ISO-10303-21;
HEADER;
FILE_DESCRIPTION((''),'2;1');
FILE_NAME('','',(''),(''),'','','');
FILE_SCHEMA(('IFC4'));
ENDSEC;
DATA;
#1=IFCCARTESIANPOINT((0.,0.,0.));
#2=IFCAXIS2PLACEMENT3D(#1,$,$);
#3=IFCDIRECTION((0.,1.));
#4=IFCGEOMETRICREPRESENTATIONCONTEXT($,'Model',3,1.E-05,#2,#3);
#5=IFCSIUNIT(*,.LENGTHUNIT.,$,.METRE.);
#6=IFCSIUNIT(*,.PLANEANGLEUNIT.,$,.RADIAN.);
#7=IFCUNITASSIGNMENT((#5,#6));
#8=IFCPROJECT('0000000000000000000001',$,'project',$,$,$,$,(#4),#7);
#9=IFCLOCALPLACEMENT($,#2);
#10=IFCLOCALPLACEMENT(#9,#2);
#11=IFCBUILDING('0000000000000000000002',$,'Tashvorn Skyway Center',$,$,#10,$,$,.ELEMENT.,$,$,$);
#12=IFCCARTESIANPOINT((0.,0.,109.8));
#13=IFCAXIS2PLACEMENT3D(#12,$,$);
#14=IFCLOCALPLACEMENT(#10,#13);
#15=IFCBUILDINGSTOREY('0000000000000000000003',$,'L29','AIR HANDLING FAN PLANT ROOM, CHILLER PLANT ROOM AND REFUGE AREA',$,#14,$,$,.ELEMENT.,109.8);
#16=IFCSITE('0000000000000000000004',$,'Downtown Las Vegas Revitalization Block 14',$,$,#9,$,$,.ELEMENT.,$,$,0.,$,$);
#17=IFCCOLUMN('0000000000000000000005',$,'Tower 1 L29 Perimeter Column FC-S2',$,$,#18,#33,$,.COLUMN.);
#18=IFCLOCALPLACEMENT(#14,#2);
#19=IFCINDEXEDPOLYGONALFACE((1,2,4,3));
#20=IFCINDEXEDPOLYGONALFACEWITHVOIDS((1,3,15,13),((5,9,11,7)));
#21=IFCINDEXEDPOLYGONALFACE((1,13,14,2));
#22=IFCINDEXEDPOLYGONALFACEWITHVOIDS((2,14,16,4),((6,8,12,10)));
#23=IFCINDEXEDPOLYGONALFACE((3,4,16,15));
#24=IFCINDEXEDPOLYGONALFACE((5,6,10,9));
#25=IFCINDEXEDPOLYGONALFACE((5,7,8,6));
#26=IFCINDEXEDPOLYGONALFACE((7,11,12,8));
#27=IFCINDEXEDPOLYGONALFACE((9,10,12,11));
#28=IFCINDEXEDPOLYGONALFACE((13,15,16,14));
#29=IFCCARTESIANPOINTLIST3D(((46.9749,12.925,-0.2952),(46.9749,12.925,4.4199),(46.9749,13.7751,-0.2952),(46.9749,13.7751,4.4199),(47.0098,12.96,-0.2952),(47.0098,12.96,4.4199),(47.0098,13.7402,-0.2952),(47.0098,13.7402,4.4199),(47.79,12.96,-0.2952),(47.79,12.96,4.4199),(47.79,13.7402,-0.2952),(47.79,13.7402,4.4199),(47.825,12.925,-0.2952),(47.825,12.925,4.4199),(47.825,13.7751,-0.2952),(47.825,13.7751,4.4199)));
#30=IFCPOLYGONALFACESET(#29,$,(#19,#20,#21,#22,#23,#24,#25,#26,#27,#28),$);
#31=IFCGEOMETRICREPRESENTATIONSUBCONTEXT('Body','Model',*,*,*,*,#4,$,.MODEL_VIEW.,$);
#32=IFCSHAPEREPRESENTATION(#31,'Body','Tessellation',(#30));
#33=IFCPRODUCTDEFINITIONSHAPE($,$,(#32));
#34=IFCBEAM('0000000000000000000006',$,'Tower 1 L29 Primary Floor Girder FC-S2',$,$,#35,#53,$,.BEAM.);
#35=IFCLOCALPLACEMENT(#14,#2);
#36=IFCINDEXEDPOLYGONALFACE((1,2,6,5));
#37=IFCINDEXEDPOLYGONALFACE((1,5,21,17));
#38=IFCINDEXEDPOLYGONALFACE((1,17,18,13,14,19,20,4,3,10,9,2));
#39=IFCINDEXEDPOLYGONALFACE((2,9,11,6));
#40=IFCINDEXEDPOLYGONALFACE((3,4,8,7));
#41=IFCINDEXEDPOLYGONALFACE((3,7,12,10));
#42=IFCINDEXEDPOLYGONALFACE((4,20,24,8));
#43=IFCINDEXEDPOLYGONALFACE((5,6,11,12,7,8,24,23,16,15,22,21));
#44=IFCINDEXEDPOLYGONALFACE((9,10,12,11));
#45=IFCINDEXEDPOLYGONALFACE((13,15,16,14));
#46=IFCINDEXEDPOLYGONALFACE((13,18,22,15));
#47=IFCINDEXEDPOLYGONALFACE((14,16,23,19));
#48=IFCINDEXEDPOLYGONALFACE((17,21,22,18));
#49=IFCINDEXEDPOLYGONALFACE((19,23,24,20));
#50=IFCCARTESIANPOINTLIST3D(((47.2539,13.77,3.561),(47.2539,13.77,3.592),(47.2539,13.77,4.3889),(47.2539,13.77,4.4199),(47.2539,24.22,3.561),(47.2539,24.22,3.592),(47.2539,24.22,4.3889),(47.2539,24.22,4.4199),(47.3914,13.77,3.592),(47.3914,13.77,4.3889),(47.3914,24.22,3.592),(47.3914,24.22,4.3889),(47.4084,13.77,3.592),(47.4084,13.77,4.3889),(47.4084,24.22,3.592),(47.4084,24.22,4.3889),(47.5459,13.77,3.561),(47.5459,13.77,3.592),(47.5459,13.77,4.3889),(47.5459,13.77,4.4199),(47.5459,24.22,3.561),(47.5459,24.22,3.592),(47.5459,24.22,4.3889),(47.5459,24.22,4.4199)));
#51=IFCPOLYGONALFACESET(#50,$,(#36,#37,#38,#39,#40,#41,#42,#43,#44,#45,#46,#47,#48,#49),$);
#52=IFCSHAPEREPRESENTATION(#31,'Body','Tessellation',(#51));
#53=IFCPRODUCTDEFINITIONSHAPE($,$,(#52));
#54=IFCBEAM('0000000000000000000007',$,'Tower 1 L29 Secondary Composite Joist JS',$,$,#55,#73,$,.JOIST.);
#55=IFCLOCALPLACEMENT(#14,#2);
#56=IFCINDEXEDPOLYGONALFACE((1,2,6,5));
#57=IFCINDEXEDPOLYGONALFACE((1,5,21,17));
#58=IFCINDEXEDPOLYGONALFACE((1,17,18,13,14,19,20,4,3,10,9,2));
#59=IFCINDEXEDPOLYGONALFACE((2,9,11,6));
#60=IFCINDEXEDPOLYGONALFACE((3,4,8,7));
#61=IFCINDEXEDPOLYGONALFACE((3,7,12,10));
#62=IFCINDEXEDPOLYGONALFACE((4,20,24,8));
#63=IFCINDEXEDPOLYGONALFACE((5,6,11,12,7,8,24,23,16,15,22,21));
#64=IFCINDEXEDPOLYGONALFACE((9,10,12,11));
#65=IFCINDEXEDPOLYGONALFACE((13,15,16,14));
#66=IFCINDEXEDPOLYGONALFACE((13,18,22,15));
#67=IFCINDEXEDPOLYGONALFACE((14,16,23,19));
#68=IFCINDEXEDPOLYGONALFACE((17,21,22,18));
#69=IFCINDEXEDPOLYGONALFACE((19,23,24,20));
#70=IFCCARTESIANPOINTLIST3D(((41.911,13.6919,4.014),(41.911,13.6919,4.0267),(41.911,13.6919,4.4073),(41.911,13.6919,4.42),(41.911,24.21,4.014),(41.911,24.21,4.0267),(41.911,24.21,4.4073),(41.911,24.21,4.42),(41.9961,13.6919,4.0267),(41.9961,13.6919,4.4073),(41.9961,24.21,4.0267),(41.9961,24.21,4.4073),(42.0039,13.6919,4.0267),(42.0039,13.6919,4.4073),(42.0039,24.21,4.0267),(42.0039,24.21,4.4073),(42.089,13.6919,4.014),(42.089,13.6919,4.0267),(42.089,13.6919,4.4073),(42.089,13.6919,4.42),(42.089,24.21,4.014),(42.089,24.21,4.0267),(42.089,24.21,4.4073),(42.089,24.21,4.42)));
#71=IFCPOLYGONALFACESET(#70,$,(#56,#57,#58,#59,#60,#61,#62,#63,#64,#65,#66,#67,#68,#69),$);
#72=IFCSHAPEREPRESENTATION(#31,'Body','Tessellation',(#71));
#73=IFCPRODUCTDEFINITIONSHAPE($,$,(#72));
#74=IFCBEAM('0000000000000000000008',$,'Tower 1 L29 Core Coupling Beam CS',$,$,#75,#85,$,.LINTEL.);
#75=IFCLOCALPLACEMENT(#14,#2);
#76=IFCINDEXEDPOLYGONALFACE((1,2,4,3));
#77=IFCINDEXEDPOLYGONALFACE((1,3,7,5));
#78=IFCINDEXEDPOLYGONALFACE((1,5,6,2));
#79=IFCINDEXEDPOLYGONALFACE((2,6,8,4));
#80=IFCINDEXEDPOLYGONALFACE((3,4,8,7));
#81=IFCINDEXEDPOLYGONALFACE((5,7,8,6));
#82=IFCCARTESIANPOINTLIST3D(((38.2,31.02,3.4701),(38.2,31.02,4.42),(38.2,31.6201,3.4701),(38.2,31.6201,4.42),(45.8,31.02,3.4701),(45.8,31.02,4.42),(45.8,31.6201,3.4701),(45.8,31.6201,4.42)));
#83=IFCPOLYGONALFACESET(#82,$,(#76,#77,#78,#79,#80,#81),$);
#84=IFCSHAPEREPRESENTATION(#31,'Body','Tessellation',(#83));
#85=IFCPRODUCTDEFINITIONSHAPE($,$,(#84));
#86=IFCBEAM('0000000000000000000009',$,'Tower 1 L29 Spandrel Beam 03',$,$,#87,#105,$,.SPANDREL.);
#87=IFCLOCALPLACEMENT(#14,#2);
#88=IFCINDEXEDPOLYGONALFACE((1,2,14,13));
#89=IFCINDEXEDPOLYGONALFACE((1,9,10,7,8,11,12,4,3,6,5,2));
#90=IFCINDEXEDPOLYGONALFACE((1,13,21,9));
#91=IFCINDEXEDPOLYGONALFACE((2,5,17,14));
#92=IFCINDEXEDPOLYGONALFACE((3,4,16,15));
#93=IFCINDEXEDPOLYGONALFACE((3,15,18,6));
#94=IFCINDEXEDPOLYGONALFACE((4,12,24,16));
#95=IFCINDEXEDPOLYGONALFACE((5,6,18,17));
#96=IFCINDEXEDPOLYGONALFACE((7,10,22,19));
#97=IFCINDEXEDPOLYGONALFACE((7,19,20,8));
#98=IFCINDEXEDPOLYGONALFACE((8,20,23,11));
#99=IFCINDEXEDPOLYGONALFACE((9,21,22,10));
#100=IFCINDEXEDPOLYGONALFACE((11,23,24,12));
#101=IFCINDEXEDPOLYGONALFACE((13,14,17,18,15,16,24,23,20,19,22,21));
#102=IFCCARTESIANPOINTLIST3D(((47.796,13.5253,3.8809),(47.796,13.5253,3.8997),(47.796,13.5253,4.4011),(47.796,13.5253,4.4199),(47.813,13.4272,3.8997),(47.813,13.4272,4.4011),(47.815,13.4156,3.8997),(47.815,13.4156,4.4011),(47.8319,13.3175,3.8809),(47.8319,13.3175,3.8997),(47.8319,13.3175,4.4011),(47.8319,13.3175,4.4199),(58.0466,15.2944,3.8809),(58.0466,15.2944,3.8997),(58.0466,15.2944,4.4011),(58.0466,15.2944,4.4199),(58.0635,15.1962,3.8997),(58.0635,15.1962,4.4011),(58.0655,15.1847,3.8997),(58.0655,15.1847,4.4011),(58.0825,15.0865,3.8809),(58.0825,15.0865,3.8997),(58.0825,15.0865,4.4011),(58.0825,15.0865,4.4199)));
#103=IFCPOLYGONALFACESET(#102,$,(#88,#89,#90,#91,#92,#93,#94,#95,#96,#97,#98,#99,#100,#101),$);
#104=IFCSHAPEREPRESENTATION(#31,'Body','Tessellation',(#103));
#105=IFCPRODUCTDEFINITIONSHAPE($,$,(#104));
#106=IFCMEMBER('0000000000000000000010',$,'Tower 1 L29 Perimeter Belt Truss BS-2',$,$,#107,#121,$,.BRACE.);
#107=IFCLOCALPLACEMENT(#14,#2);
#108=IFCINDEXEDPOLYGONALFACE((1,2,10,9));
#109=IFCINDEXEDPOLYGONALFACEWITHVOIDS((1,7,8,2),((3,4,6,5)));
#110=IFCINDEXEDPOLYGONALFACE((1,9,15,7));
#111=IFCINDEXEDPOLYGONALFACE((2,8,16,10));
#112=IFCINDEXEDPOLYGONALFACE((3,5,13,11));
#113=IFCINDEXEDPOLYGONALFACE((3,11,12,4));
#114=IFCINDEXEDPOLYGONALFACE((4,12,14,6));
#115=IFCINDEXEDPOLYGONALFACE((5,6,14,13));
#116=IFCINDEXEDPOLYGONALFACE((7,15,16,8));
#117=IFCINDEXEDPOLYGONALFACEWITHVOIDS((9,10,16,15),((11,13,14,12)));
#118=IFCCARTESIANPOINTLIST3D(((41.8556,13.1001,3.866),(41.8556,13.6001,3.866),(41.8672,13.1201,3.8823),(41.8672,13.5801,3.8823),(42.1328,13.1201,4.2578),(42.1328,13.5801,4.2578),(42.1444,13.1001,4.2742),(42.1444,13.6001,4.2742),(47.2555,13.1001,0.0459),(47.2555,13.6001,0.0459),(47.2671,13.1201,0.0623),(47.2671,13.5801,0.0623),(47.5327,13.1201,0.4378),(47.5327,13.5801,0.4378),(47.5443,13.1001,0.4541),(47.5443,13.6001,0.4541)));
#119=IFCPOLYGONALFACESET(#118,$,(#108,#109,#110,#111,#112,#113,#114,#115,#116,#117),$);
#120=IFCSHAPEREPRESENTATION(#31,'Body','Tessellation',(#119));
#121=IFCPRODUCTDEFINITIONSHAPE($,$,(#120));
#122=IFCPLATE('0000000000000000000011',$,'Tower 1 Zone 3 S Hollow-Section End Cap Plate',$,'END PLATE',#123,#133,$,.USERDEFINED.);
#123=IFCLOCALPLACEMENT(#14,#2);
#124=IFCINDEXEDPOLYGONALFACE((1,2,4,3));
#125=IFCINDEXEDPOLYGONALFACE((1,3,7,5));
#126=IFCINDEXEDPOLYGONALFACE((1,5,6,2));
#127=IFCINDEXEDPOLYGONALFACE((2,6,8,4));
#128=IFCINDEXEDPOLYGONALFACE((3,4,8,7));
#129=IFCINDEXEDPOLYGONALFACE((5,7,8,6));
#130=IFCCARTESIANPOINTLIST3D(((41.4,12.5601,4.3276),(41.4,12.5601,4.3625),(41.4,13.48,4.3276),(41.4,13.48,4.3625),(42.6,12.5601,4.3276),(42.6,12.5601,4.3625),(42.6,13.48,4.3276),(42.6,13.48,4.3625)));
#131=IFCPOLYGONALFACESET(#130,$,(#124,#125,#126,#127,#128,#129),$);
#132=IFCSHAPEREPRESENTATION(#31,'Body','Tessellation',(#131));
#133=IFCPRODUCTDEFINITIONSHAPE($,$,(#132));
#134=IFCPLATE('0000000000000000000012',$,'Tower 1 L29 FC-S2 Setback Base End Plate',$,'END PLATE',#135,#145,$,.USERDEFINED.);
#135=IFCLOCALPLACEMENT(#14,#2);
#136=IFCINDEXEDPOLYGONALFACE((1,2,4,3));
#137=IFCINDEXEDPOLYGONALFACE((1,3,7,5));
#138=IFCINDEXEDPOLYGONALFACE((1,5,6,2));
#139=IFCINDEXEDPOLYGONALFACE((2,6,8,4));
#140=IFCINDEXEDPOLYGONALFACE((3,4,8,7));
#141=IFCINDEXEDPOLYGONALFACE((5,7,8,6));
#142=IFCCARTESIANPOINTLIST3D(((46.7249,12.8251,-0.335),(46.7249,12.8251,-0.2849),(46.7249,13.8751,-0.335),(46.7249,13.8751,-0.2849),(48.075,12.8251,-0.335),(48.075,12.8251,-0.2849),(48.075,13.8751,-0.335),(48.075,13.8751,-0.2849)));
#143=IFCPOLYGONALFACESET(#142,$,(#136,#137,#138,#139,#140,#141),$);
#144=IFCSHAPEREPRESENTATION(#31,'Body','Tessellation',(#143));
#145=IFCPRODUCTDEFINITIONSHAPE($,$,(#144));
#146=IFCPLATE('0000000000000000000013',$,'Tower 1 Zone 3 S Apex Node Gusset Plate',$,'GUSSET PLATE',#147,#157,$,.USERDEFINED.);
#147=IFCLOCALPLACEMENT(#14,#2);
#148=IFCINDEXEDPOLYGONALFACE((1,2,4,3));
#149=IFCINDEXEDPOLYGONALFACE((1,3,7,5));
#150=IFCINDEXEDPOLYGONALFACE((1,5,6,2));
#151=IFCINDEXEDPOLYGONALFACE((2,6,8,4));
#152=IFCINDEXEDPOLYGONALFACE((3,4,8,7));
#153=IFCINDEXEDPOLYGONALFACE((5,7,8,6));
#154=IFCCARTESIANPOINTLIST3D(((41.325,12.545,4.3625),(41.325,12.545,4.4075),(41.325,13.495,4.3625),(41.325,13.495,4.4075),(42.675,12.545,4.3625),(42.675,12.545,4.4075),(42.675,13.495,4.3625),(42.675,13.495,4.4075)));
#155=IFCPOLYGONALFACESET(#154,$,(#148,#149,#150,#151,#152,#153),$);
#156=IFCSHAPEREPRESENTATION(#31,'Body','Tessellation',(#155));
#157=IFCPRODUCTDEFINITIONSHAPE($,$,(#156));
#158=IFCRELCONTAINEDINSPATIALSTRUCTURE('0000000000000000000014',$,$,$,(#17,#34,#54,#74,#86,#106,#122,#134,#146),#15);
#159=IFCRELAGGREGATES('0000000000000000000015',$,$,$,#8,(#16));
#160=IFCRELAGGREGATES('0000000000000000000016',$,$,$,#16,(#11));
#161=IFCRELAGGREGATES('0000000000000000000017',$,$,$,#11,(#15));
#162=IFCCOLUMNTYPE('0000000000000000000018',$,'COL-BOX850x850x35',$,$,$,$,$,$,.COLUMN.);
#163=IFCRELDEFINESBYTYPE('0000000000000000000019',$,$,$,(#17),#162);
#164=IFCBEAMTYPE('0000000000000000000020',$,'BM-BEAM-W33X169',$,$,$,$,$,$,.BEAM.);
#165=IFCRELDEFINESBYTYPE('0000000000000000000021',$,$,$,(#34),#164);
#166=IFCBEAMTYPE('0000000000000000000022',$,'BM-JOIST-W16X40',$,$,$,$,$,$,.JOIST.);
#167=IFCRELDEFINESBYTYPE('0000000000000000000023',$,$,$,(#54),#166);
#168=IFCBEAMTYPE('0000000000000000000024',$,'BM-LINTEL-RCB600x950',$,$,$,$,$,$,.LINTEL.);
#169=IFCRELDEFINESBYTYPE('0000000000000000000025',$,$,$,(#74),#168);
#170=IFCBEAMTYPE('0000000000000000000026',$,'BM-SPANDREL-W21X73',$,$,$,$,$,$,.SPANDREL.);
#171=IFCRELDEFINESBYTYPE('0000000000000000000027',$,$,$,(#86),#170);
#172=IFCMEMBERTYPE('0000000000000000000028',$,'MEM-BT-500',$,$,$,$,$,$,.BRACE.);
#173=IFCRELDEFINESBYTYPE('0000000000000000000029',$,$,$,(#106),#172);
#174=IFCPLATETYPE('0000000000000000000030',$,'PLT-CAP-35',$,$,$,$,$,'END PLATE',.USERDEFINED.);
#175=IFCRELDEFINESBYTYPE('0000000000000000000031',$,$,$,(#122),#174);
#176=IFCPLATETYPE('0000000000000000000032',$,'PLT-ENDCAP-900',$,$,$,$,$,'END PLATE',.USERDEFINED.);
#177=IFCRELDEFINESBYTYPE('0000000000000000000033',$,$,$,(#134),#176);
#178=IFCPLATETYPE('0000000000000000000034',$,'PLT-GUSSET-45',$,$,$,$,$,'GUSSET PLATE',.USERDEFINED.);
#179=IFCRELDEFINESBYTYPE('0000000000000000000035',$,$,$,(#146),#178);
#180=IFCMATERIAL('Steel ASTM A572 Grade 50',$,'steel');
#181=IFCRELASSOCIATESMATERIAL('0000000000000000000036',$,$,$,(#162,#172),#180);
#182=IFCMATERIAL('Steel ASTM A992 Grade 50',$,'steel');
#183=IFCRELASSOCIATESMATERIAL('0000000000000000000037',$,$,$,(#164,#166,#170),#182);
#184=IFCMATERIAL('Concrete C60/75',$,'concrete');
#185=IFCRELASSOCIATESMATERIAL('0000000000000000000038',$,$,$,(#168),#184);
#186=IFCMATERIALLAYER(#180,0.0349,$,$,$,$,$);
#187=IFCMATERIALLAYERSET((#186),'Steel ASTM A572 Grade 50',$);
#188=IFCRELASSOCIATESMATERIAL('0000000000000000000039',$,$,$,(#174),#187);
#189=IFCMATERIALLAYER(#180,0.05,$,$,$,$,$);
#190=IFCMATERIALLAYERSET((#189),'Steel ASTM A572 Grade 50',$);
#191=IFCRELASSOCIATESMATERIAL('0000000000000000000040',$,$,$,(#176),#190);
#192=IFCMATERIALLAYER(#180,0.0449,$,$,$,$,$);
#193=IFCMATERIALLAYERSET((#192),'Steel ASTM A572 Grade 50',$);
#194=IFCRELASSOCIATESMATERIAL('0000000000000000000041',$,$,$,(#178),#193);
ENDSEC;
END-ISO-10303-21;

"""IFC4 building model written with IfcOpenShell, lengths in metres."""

from ifc_helpers import new_model, si_unit, direction, frame, origin, origin_2d, place, context, subcontext, project, spatial, rectangle, hollow_rectangle, i_section, extrude, material, layer, layer_set, material_profile, profile_set, type_object, element, save


model = new_model("IFC4")

# Units and contexts
model_context = context("Model", 3, precision=1e-05, world=origin(), true_north=direction((0.0, 1.0)))
body_context = subcontext(model_context, "Body", "Model", "MODEL_VIEW")
ifc_project = project(units=[si_unit("LENGTHUNIT", "METRE"), si_unit("PLANEANGLEUNIT", "RADIAN")], contexts=[model_context])

# Site, building, storey
site_placement = place(None, origin())
site = spatial("IfcSite", under=ifc_project, at=site_placement, Name="Downtown Las Vegas Revitalization Block 14", CompositionType="ELEMENT", RefElevation=0.0)
building_placement = place(site_placement, origin())
building = spatial("IfcBuilding", under=site, at=building_placement, Name="Tashvorn Skyway Center", CompositionType="ELEMENT")
storey_placement = place(building_placement, frame((0.0, 0.0, 109.8)))
storey = spatial("IfcBuildingStorey", under=building, at=storey_placement, Name="L29", Description="AIR HANDLING FAN PLANT ROOM, CHILLER PLANT ROOM AND REFUGE AREA", CompositionType="ELEMENT", Elevation=109.8)

# Column
ifc_material_1 = material(Name="Steel ASTM A572 Grade 50", Category="steel")
ifc_material_profile_1 = material_profile(ifc_material_1, hollow_rectangle(XDim=0.8501, YDim=0.8501, WallThickness=0.0349, at=origin_2d()), Name="BOX850x850x35")
ifc_profile_set_1 = profile_set([ifc_material_profile_1], Name="Steel ASTM A572 Grade 50")
column_type = type_object("IfcColumnType", Name="COL-BOX850x850x35", PredefinedType="COLUMN", material=ifc_profile_set_1)
column_placement = place(storey_placement, frame((47.3999, 13.3501, -0.2952), z_axis=(0.0, 0.0, 1.0), x_axis=(1.0, 0.0, 0.0)))
element("IfcColumn", 1, at=column_placement, inside=storey, type_object=column_type, Name="Tower 1 L29 Perimeter Column FC-S2", PredefinedType="COLUMN", context=body_context, shape_type="SweptSolid", body=[
    extrude(hollow_rectangle(XDim=0.8501, YDim=0.8501, WallThickness=0.0349, at=origin_2d()), origin(), (0.0, 0.0, 1.0), 4.7151),
])

# Beams
ifc_material_2 = material(Name="Steel ASTM A992 Grade 50", Category="steel")
ifc_material_profile_2 = material_profile(ifc_material_2, i_section(OverallWidth=0.292, OverallDepth=0.8589, WebThickness=0.0171, FlangeThickness=0.031, at=origin_2d()), Name="W33X169")
ifc_profile_set_2 = profile_set([ifc_material_profile_2], Name="Steel ASTM A992 Grade 50")
beam_type_1 = type_object("IfcBeamType", Name="BM-BEAM-W33X169", PredefinedType="BEAM", material=ifc_profile_set_2)
beam_1_placement = place(storey_placement, frame((47.3999, 13.77, 3.9905), z_axis=(0.0, 1.0, 0.0), x_axis=(-1.0, 0.0, 0.0)))
element("IfcBeam", 2, at=beam_1_placement, inside=storey, type_object=beam_type_1, Name="Tower 1 L29 Primary Floor Girder FC-S2", PredefinedType="BEAM", context=body_context, shape_type="SweptSolid", body=[
    extrude(i_section(OverallWidth=0.292, OverallDepth=0.8589, WebThickness=0.0171, FlangeThickness=0.031, at=origin_2d()), origin(), (0.0, 0.0, 1.0), 10.45),
])
ifc_material_profile_3 = material_profile(ifc_material_2, i_section(OverallWidth=0.178, OverallDepth=0.406, WebThickness=0.0078, FlangeThickness=0.0127, at=origin_2d()), Name="W16X40")
ifc_profile_set_3 = profile_set([ifc_material_profile_3], Name="Steel ASTM A992 Grade 50")
beam_type_2 = type_object("IfcBeamType", Name="BM-JOIST-W16X40", PredefinedType="JOIST", material=ifc_profile_set_3)
beam_2_placement = place(storey_placement, frame((42.0, 24.21, 4.217), z_axis=(0.0, -1.0, 0.0), x_axis=(1.0, 0.0, 0.0)))
element("IfcBeam", 3, at=beam_2_placement, inside=storey, type_object=beam_type_2, Name="Tower 1 L29 Secondary Composite Joist JS", PredefinedType="JOIST", context=body_context, shape_type="SweptSolid", body=[
    extrude(i_section(OverallWidth=0.178, OverallDepth=0.406, WebThickness=0.0078, FlangeThickness=0.0127, at=origin_2d()), origin(), (0.0, 0.0, 1.0), 10.5181),
])
ifc_material_3 = material(Name="Concrete C60/75", Category="concrete")
ifc_material_profile_4 = material_profile(ifc_material_3, rectangle(XDim=0.6001, YDim=0.95, at=origin_2d()), Name="RCB600x950")
ifc_profile_set_4 = profile_set([ifc_material_profile_4], Name="Concrete C60/75")
beam_type_3 = type_object("IfcBeamType", Name="BM-LINTEL-RCB600x950", PredefinedType="LINTEL", material=ifc_profile_set_4)
beam_3_placement = place(storey_placement, frame((38.2, 31.3201, 3.9451), z_axis=(1.0, 0.0, 0.0), x_axis=(0.0, 1.0, 0.0)))
element("IfcBeam", 4, at=beam_3_placement, inside=storey, type_object=beam_type_3, Name="Tower 1 L29 Core Coupling Beam CS", PredefinedType="LINTEL", context=body_context, shape_type="SweptSolid", body=[
    extrude(rectangle(XDim=0.6001, YDim=0.95, at=origin_2d()), origin(), (0.0, 0.0, 1.0), 7.6001),
])
ifc_material_profile_5 = material_profile(ifc_material_2, i_section(OverallWidth=0.2109, OverallDepth=0.5391, WebThickness=0.0117, FlangeThickness=0.0188, at=origin_2d()), Name="W21X73")
ifc_profile_set_5 = profile_set([ifc_material_profile_5], Name="Steel ASTM A992 Grade 50")
beam_type_4 = type_object("IfcBeamType", Name="BM-SPANDREL-W21X73", PredefinedType="SPANDREL", material=ifc_profile_set_5)
beam_4_placement = place(storey_placement, frame((47.814, 13.4214, 4.1504), z_axis=(0.985432, 0.170067, 0.0), x_axis=(-0.170067, 0.985432, 0.0)))
element("IfcBeam", 5, at=beam_4_placement, inside=storey, type_object=beam_type_4, Name="Tower 1 L29 Spandrel Beam 03", PredefinedType="SPANDREL", context=body_context, shape_type="SweptSolid", body=[
    extrude(i_section(OverallWidth=0.2109, OverallDepth=0.5391, WebThickness=0.0117, FlangeThickness=0.0188, at=origin_2d()), origin(), (0.0, 0.0, 1.0), 10.4021),
])

# Member
ifc_material_profile_6 = material_profile(ifc_material_1, hollow_rectangle(XDim=0.5, YDim=0.5, WallThickness=0.02, at=origin_2d()), Name="HSS500x500x20")
ifc_profile_set_6 = profile_set([ifc_material_profile_6], Name="Steel ASTM A572 Grade 50")
member_type = type_object("IfcMemberType", Name="MEM-BT-500", PredefinedType="BRACE", material=ifc_profile_set_6)
member_placement = place(storey_placement, frame((42.0, 13.3501, 4.0701), z_axis=(0.816371, 0.0, -0.577528), x_axis=(0.0, 1.0, 0.0)))
element("IfcMember", 6, at=member_placement, inside=storey, type_object=member_type, Name="Tower 1 L29 Perimeter Belt Truss BS-2", PredefinedType="BRACE", context=body_context, shape_type="SweptSolid", body=[
    extrude(hollow_rectangle(XDim=0.5, YDim=0.5, WallThickness=0.02, at=origin_2d()), origin(), (0.0, 0.0, 1.0), 6.6145),
])

# Plates
ifc_layer_1 = layer(ifc_material_1, 0.0349)
ifc_layer_set_1 = layer_set([ifc_layer_1], Name="Steel ASTM A572 Grade 50")
plate_type_1 = type_object("IfcPlateType", Name="PLT-CAP-35", ElementType="END PLATE", PredefinedType="USERDEFINED", material=ifc_layer_set_1)
plate_1_placement = place(storey_placement, frame((42.0, 13.02, 4.3276), z_axis=(0.0, 0.0, 1.0), x_axis=(1.0, 0.0, 0.0)))
element("IfcPlate", 7, at=plate_1_placement, inside=storey, type_object=plate_type_1, Name="Tower 1 Zone 3 S Hollow-Section End Cap Plate", ObjectType="END PLATE", PredefinedType="USERDEFINED", context=body_context, shape_type="SweptSolid", body=[
    extrude(rectangle(XDim=1.2, YDim=0.9199, at=origin_2d()), origin(), (0.0, 0.0, 1.0), 0.0349),
])
ifc_layer_2 = layer(ifc_material_1, 0.05)
ifc_layer_set_2 = layer_set([ifc_layer_2], Name="Steel ASTM A572 Grade 50")
plate_type_2 = type_object("IfcPlateType", Name="PLT-ENDCAP-900", ElementType="END PLATE", PredefinedType="USERDEFINED", material=ifc_layer_set_2)
plate_2_placement = place(storey_placement, frame((47.3999, 13.3501, -0.335), z_axis=(0.0, 0.0, 1.0), x_axis=(1.0, 0.0, 0.0)))
element("IfcPlate", 8, at=plate_2_placement, inside=storey, type_object=plate_type_2, Name="Tower 1 L29 FC-S2 Setback Base End Plate", ObjectType="END PLATE", PredefinedType="USERDEFINED", context=body_context, shape_type="SweptSolid", body=[
    extrude(rectangle(XDim=1.3501, YDim=1.05, at=origin_2d()), origin(), (0.0, 0.0, 1.0), 0.05),
])
ifc_layer_3 = layer(ifc_material_1, 0.0449)
ifc_layer_set_3 = layer_set([ifc_layer_3], Name="Steel ASTM A572 Grade 50")
plate_type_3 = type_object("IfcPlateType", Name="PLT-GUSSET-45", ElementType="GUSSET PLATE", PredefinedType="USERDEFINED", material=ifc_layer_set_3)
plate_3_placement = place(storey_placement, frame((42.0, 13.02, 4.3625), z_axis=(0.0, 0.0, 1.0), x_axis=(1.0, 0.0, 0.0)))
element("IfcPlate", 9, at=plate_3_placement, inside=storey, type_object=plate_type_3, Name="Tower 1 Zone 3 S Apex Node Gusset Plate", ObjectType="GUSSET PLATE", PredefinedType="USERDEFINED", context=body_context, shape_type="SweptSolid", body=[
    extrude(rectangle(XDim=1.3501, YDim=0.95, at=origin_2d()), origin(), (0.0, 0.0, 1.0), 0.0449),
])

save(model, "model.ifc")
